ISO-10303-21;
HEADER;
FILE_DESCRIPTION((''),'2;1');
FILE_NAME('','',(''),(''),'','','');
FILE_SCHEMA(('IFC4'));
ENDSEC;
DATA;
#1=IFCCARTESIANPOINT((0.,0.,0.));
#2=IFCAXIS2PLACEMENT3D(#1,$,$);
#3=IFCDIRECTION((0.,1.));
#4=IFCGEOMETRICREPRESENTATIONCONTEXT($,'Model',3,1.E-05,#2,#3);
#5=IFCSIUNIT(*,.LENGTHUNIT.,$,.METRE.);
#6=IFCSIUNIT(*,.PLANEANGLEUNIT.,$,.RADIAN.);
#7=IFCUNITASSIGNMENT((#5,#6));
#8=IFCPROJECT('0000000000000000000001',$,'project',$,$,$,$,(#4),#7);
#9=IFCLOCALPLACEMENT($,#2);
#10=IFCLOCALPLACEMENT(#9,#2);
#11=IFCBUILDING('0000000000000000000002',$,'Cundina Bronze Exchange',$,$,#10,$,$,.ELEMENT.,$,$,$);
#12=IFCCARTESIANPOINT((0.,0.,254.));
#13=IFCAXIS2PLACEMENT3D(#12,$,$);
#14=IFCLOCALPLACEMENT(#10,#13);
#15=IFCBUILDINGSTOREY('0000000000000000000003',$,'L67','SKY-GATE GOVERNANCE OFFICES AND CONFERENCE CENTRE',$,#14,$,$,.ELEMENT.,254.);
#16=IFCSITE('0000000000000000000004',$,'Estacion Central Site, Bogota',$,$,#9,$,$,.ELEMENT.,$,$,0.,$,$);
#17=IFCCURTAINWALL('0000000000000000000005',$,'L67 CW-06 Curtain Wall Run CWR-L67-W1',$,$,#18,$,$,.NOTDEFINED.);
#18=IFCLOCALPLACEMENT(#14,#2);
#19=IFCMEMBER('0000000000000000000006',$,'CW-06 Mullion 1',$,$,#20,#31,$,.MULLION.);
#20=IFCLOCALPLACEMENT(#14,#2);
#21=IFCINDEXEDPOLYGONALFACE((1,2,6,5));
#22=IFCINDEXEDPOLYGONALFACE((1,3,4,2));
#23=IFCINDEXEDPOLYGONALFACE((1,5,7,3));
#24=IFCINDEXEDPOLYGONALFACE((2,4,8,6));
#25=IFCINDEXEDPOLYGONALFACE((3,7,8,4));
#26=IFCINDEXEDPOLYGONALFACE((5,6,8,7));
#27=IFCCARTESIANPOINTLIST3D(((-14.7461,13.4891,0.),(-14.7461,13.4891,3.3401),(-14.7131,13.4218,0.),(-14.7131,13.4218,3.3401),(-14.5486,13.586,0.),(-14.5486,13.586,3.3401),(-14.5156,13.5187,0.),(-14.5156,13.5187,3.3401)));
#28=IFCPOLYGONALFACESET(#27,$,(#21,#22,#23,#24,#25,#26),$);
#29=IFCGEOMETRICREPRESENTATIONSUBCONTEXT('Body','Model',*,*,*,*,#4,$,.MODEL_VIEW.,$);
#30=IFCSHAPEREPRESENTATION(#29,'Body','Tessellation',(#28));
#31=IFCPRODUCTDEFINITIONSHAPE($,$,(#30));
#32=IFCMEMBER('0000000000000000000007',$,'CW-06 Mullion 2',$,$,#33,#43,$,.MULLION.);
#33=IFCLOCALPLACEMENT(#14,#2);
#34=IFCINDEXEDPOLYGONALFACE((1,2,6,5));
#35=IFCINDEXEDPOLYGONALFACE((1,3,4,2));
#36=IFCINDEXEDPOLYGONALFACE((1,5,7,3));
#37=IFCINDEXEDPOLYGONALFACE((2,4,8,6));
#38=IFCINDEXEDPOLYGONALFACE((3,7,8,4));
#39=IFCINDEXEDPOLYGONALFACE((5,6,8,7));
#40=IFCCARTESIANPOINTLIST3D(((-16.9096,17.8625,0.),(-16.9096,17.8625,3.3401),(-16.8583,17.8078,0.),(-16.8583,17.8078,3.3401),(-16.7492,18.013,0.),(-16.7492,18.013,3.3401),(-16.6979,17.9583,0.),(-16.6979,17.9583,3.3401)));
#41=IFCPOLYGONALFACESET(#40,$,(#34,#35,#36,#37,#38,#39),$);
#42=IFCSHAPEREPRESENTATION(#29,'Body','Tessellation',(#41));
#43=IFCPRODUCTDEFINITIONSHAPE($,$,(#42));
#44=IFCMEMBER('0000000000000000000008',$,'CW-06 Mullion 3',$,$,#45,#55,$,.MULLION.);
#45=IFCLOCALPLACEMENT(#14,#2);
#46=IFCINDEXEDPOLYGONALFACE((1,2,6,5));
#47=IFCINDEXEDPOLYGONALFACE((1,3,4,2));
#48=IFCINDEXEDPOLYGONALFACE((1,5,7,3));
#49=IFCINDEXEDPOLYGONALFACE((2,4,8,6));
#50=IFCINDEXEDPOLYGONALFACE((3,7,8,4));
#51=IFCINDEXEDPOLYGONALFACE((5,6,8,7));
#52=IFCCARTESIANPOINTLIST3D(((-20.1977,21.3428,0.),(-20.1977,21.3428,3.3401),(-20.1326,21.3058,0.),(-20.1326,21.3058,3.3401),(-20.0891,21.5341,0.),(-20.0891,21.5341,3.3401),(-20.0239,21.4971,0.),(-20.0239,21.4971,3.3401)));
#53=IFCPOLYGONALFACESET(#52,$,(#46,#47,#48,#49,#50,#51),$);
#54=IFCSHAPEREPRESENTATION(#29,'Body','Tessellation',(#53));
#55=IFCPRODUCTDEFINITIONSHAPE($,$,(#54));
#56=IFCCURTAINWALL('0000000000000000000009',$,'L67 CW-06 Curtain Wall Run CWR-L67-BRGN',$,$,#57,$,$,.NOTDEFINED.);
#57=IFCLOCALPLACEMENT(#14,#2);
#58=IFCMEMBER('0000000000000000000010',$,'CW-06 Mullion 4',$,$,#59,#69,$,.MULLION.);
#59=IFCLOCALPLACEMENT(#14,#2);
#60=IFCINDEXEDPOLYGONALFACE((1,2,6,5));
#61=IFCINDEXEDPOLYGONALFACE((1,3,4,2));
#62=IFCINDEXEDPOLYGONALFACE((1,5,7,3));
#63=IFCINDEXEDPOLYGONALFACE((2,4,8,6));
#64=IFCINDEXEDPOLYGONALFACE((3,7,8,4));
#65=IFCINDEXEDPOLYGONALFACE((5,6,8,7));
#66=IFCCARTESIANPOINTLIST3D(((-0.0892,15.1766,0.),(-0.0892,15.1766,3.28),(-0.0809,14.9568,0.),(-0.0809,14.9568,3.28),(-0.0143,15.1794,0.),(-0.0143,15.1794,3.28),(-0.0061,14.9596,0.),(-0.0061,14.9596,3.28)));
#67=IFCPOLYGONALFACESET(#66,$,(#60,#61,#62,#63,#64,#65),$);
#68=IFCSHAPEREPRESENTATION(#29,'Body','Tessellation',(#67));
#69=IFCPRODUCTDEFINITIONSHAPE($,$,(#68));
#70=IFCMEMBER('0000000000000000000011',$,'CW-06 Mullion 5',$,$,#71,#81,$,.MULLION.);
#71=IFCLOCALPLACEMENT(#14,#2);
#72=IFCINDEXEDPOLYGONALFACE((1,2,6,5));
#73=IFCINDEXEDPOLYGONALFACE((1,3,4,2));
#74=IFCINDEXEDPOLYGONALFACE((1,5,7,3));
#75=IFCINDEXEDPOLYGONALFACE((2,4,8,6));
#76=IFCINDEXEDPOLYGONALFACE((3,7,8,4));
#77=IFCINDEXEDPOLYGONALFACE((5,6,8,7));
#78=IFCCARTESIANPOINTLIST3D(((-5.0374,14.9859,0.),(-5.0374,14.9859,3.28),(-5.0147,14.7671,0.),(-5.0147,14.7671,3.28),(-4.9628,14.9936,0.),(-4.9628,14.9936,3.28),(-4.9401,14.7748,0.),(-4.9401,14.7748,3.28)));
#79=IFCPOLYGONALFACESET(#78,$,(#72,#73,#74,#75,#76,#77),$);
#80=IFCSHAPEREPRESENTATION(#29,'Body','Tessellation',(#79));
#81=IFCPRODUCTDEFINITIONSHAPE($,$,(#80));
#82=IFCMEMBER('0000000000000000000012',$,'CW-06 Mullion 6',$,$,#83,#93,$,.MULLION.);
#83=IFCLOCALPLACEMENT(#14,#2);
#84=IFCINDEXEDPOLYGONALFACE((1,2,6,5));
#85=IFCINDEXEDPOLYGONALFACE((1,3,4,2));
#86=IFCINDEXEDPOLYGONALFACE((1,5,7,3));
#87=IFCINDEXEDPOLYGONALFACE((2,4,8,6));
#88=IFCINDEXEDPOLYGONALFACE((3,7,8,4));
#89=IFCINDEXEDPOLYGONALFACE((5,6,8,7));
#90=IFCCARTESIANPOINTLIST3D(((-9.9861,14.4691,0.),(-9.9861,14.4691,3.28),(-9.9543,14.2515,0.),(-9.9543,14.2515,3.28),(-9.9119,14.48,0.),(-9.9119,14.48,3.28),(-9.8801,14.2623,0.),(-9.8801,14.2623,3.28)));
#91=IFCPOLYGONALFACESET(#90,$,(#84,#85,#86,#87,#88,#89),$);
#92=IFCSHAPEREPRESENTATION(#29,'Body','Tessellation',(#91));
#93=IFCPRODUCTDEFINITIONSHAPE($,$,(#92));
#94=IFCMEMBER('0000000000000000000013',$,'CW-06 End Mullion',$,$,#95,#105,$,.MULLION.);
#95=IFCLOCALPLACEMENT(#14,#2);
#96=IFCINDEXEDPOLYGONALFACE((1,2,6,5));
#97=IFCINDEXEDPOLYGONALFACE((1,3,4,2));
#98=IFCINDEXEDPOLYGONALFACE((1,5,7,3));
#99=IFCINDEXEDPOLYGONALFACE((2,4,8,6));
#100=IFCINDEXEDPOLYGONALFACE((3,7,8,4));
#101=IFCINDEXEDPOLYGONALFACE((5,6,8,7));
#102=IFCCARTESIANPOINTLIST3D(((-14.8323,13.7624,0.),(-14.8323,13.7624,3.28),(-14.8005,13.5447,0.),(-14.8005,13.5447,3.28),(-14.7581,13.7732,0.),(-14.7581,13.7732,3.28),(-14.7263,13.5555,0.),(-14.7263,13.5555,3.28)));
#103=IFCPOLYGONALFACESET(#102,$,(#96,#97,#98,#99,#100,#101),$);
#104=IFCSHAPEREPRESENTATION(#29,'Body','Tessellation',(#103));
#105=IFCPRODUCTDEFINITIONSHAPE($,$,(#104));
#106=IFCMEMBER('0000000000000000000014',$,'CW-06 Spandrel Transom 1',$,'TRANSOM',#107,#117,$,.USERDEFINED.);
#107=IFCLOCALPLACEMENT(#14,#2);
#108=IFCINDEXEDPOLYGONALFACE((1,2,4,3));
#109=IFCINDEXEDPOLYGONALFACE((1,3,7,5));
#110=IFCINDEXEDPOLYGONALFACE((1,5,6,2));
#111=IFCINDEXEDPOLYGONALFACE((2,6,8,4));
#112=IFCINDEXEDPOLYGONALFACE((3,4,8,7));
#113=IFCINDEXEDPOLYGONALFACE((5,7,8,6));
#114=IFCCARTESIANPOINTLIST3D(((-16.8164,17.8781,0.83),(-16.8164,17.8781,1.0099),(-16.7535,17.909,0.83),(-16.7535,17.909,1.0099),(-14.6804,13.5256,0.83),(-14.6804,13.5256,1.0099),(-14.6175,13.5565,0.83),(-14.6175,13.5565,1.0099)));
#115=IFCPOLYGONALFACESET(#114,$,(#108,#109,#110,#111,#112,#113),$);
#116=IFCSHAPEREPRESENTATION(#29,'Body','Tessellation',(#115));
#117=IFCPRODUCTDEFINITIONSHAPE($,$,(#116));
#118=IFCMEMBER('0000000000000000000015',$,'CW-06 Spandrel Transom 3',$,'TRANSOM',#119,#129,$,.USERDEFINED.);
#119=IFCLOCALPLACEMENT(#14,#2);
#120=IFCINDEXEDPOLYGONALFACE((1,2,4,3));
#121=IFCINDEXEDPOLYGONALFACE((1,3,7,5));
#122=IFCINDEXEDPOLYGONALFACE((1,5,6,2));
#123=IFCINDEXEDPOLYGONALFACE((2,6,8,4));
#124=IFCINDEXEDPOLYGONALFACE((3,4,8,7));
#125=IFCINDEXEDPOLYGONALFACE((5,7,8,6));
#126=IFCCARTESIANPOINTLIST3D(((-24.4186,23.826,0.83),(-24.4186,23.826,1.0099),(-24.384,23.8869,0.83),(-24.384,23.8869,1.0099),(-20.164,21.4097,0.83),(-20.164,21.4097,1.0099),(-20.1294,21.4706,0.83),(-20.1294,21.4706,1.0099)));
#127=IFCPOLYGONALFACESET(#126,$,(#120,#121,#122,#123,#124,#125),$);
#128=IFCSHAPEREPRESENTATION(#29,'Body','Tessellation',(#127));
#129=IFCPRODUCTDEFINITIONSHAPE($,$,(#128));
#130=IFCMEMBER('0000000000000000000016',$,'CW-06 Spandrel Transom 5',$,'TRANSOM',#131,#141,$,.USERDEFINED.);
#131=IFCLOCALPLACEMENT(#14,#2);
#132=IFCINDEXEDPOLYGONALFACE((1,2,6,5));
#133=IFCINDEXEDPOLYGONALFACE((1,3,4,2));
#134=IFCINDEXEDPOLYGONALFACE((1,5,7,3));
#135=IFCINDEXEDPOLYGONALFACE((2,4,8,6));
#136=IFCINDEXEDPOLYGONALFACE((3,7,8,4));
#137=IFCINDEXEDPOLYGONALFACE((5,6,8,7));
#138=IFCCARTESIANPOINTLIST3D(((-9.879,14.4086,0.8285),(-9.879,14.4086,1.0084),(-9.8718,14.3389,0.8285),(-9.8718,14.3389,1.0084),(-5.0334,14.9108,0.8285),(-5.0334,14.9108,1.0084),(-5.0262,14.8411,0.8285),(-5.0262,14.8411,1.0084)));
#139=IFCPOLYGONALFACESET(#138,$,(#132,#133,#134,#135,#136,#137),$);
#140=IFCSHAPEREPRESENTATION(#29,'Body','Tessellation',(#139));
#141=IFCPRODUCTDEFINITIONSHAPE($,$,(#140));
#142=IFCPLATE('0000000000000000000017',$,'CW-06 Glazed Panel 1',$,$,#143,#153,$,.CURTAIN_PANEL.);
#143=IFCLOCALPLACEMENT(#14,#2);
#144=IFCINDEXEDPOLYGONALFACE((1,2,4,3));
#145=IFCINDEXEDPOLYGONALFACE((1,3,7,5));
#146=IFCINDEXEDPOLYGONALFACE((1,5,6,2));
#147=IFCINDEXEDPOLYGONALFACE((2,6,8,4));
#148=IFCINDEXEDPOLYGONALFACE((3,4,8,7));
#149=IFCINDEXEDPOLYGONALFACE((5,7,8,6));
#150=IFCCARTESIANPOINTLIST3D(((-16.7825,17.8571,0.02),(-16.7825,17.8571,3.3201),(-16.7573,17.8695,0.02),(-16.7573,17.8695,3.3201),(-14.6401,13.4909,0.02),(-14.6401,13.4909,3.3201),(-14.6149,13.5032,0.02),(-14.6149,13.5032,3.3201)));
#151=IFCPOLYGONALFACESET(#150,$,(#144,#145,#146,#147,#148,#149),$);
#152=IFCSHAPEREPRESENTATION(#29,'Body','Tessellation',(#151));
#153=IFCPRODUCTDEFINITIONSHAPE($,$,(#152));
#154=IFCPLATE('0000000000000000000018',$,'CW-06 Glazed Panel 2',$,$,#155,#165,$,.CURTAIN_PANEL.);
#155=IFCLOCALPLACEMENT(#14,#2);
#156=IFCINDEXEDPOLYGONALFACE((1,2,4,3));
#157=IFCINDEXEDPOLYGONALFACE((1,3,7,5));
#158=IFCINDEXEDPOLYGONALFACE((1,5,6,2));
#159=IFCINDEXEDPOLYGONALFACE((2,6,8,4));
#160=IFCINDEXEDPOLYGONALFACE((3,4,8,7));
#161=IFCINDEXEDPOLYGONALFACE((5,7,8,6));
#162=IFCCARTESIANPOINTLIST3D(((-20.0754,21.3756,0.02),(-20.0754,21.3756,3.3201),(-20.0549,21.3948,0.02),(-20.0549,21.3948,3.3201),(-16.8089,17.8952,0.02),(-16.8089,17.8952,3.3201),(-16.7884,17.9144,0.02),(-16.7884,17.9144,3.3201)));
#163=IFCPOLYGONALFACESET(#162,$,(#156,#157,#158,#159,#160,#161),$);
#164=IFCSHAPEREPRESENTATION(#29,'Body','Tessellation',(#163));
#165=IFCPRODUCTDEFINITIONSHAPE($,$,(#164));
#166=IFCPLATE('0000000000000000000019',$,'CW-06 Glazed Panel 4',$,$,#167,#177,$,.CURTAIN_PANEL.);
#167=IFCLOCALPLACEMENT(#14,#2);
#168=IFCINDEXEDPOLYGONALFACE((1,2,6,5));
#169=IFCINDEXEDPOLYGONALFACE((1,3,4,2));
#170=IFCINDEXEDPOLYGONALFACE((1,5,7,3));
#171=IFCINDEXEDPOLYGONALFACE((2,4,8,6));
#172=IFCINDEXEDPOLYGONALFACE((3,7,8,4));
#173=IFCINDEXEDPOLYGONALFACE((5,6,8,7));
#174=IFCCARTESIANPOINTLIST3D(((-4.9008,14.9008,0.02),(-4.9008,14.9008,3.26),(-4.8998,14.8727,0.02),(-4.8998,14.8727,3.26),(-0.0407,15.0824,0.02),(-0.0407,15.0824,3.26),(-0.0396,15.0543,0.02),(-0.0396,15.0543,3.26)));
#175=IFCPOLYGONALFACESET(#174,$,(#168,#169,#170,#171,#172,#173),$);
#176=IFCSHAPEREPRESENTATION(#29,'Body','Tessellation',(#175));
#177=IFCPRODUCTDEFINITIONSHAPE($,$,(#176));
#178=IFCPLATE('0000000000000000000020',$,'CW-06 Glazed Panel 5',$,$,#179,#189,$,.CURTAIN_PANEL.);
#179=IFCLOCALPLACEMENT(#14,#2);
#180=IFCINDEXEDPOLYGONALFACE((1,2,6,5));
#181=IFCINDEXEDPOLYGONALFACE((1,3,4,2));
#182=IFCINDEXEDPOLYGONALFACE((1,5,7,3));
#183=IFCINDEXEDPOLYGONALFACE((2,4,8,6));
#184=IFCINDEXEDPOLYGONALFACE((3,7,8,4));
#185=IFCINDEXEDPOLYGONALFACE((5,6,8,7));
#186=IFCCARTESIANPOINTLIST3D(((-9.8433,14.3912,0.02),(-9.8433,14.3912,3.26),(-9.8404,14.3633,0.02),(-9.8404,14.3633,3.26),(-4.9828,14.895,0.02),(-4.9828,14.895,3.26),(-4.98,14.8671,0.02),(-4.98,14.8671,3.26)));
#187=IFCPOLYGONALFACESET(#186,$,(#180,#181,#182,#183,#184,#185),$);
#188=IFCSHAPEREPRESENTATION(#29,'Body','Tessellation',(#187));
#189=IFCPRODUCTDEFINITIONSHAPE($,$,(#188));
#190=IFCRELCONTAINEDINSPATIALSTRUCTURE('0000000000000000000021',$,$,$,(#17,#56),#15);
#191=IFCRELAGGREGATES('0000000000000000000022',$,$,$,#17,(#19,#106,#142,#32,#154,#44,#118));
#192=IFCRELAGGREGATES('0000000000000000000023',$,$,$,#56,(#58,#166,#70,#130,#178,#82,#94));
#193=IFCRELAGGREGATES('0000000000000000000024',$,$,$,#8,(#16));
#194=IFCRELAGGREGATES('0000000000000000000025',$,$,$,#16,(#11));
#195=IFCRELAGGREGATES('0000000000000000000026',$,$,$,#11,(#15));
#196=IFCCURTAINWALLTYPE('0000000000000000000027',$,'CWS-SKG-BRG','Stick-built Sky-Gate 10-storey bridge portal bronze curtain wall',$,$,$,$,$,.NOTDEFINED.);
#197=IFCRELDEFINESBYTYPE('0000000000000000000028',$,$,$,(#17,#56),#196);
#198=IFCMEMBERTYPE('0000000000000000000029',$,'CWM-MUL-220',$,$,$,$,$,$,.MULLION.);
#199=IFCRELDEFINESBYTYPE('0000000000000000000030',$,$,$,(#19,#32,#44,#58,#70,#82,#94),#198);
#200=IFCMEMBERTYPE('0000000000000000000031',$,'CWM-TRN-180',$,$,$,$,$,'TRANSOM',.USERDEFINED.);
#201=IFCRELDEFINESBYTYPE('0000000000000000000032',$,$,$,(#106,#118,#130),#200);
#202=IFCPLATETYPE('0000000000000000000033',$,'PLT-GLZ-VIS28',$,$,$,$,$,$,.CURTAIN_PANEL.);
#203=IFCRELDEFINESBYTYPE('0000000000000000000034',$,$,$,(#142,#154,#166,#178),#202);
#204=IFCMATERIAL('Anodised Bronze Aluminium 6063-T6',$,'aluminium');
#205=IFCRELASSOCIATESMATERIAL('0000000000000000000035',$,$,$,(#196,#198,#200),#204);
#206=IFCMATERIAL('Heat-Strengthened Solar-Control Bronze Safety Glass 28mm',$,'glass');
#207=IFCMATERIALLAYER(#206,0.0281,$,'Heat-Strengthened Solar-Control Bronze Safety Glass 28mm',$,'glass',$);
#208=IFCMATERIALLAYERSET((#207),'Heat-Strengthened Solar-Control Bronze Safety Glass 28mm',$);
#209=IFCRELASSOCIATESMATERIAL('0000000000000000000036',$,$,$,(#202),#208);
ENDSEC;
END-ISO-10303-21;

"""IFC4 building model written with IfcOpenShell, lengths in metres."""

from ifc_helpers import new_model, si_unit, direction, frame, origin, origin_2d, place, context, subcontext, project, spatial, rectangle, extrude, material, layer, layer_set, material_profile, profile_set, type_object, element, aggregate, save


model = new_model("IFC4")

# Units and contexts
model_context = context("Model", 3, precision=1e-05, world=origin(), true_north=direction((0.0, 1.0)))
body_context = subcontext(model_context, "Body", "Model", "MODEL_VIEW")
ifc_project = project(units=[si_unit("LENGTHUNIT", "METRE"), si_unit("PLANEANGLEUNIT", "RADIAN")], contexts=[model_context])

# Site, building, storey
site_placement = place(None, origin())
site = spatial("IfcSite", under=ifc_project, at=site_placement, Name="Estacion Central Site, Bogota", CompositionType="ELEMENT", RefElevation=0.0)
building_placement = place(site_placement, origin())
building = spatial("IfcBuilding", under=site, at=building_placement, Name="Cundina Bronze Exchange", CompositionType="ELEMENT")
storey_placement = place(building_placement, frame((0.0, 0.0, 254.0)))
storey = spatial("IfcBuildingStorey", under=building, at=storey_placement, Name="L67", Description="SKY-GATE GOVERNANCE OFFICES AND CONFERENCE CENTRE", CompositionType="ELEMENT", Elevation=254.0)

# Curtain walls, members
ifc_material_1 = material(Name="Anodised Bronze Aluminium 6063-T6", Category="aluminium")
curtain_wall_type = type_object("IfcCurtainWallType", Name="CWS-SKG-BRG", Description="Stick-built Sky-Gate 10-storey bridge portal bronze curtain wall", PredefinedType="NOTDEFINED", material=ifc_material_1)
curtain_wall_1_placement = place(storey_placement, origin())
curtain_wall_1 = element("IfcCurtainWall", 1, at=curtain_wall_1_placement, inside=storey, type_object=curtain_wall_type, Name="L67 CW-06 Curtain Wall Run CWR-L67-W1", PredefinedType="NOTDEFINED")
ifc_material_profile_1 = material_profile(ifc_material_1, rectangle(XDim=0.075, YDim=0.22, at=origin_2d()), Name="AL75X220", Category="aluminium")
ifc_profile_set_1 = profile_set([ifc_material_profile_1], Name="Anodised Bronze Aluminium 6063-T6")
member_type_1 = type_object("IfcMemberType", Name="CWM-MUL-220", PredefinedType="MULLION", material=ifc_profile_set_1)
member_1_placement = place(storey_placement, frame((-14.6309, 13.5039, 0.0), z_axis=(0.0, 0.0, 1.0), x_axis=(-0.440566, 0.89772, 0.0)))
member_1 = element("IfcMember", 2, at=member_1_placement, type_object=member_type_1, Name="CW-06 Mullion 1", PredefinedType="MULLION", context=body_context, shape_type="SweptSolid", body=[
    extrude(rectangle(XDim=0.075, YDim=0.22, at=origin_2d()), origin(), (0.0, 0.0, 1.0), 3.3401),
])
member_2_placement = place(storey_placement, frame((-16.8037, 17.9104, 0.0), z_axis=(0.0, 0.0, 1.0), x_axis=(-0.684293, 0.729208, 0.0)))
member_2 = element("IfcMember", 3, at=member_2_placement, type_object=member_type_1, Name="CW-06 Mullion 2", PredefinedType="MULLION", context=body_context, shape_type="SweptSolid", body=[
    extrude(rectangle(XDim=0.075, YDim=0.22, at=origin_2d()), origin(), (0.0, 0.0, 1.0), 3.3401),
])
member_3_placement = place(storey_placement, frame((-20.1108, 21.4199, 0.0), z_axis=(0.0, 0.0, 1.0), x_axis=(-0.869581, 0.49379, 0.0)))
member_3 = element("IfcMember", 4, at=member_3_placement, type_object=member_type_1, Name="CW-06 Mullion 3", PredefinedType="MULLION", context=body_context, shape_type="SweptSolid", body=[
    extrude(rectangle(XDim=0.075, YDim=0.22, at=origin_2d()), origin(), (0.0, 0.0, 1.0), 3.3401),
])
curtain_wall_2_placement = place(storey_placement, origin())
curtain_wall_2 = element("IfcCurtainWall", 5, at=curtain_wall_2_placement, inside=storey, type_object=curtain_wall_type, Name="L67 CW-06 Curtain Wall Run CWR-L67-BRGN", PredefinedType="NOTDEFINED")
member_4_placement = place(storey_placement, frame((-0.0476, 15.0681, 0.0), z_axis=(0.0, 0.0, 1.0), x_axis=(-0.999303, -0.037341, 0.0)))
member_4 = element("IfcMember", 6, at=member_4_placement, type_object=member_type_1, Name="CW-06 Mullion 4", PredefinedType="MULLION", context=body_context, shape_type="SweptSolid", body=[
    extrude(rectangle(XDim=0.075, YDim=0.22, at=origin_2d()), origin(), (0.0, 0.0, 1.0), 3.28),
])
member_5_placement = place(storey_placement, frame((-4.9888, 14.8804, 0.0), z_axis=(0.0, 0.0, 1.0), x_axis=(-0.994667, -0.10314, 0.0)))
member_5 = element("IfcMember", 7, at=member_5_placement, type_object=member_type_1, Name="CW-06 Mullion 5", PredefinedType="MULLION", context=body_context, shape_type="SweptSolid", body=[
    extrude(rectangle(XDim=0.075, YDim=0.22, at=origin_2d()), origin(), (0.0, 0.0, 1.0), 3.28),
])
member_6_placement = place(storey_placement, frame((-9.9331, 14.3657, 0.0), z_axis=(0.0, 0.0, 1.0), x_axis=(-0.989526, -0.144356, 0.0)))
member_6 = element("IfcMember", 8, at=member_6_placement, type_object=member_type_1, Name="CW-06 Mullion 6", PredefinedType="MULLION", context=body_context, shape_type="SweptSolid", body=[
    extrude(rectangle(XDim=0.075, YDim=0.22, at=origin_2d()), origin(), (0.0, 0.0, 1.0), 3.28),
])
member_7_placement = place(storey_placement, frame((-14.7793, 13.6589, 0.0), z_axis=(0.0, 0.0, 1.0), x_axis=(-0.989526, -0.144356, 0.0)))
member_7 = element("IfcMember", 9, at=member_7_placement, type_object=member_type_1, Name="CW-06 End Mullion", PredefinedType="MULLION", context=body_context, shape_type="SweptSolid", body=[
    extrude(rectangle(XDim=0.075, YDim=0.22, at=origin_2d()), origin(), (0.0, 0.0, 1.0), 3.28),
])

# Members
ifc_material_profile_2 = material_profile(ifc_material_1, rectangle(XDim=0.0701, YDim=0.1799, at=origin_2d()), Name="AL70X180", Category="aluminium")
ifc_profile_set_2 = profile_set([ifc_material_profile_2], Name="Anodised Bronze Aluminium 6063-T6")
member_type_2 = type_object("IfcMemberType", Name="CWM-TRN-180", ElementType="TRANSOM", PredefinedType="USERDEFINED", material=ifc_profile_set_2)
member_8_placement = place(storey_placement, frame((-14.6489, 13.541, 0.9199), z_axis=(-0.440554, 0.897726, 0.0), x_axis=(-0.897726, -0.440554, 0.0)))
member_8 = element("IfcMember", 10, at=member_8_placement, type_object=member_type_2, Name="CW-06 Spandrel Transom 1", ObjectType="TRANSOM", PredefinedType="USERDEFINED", context=body_context, shape_type="SweptSolid", body=[
    extrude(rectangle(XDim=0.0701, YDim=0.1799, at=origin_2d()), origin(), (0.0, 0.0, 1.0), 4.8484),
])
member_9_placement = place(storey_placement, frame((-20.1467, 21.4402, 0.9199), z_axis=(-0.869557, 0.493832, 0.0), x_axis=(-0.493832, -0.869557, 0.0)))
member_9 = element("IfcMember", 11, at=member_9_placement, type_object=member_type_2, Name="CW-06 Spandrel Transom 3", ObjectType="TRANSOM", PredefinedType="USERDEFINED", context=body_context, shape_type="SweptSolid", body=[
    extrude(rectangle(XDim=0.0701, YDim=0.1799, at=origin_2d()), origin(), (0.0, 0.0, 1.0), 4.8928),
])
member_10_placement = place(storey_placement, frame((-5.0298, 14.876, 0.9185), z_axis=(-0.994672, -0.103086, 0.0), x_axis=(0.103086, -0.994672, 0.0)))
member_10 = element("IfcMember", 12, at=member_10_placement, type_object=member_type_2, Name="CW-06 Spandrel Transom 5", ObjectType="TRANSOM", PredefinedType="USERDEFINED", context=body_context, shape_type="SweptSolid", body=[
    extrude(rectangle(XDim=0.0701, YDim=0.1799, at=origin_2d()), origin(), (0.0, 0.0, 1.0), 4.8716),
])

# Plates
ifc_material_2 = material(Name="Heat-Strengthened Solar-Control Bronze Safety Glass 28mm", Category="glass")
ifc_layer_1 = layer(ifc_material_2, 0.0281, Name="Heat-Strengthened Solar-Control Bronze Safety Glass 28mm", Category="glass")
ifc_layer_set_1 = layer_set([ifc_layer_1], Name="Heat-Strengthened Solar-Control Bronze Safety Glass 28mm")
plate_type_1 = type_object("IfcPlateType", Name="PLT-GLZ-VIS28", PredefinedType="CURTAIN_PANEL", material=ifc_layer_set_1)
plate_1_placement = place(storey_placement, frame((-15.6987, 15.6802, 0.02), z_axis=(0.0, 0.0, 1.0), x_axis=(-0.440503, 0.897751, 0.0)))
plate_1 = element("IfcPlate", 13, at=plate_1_placement, type_object=plate_type_1, Name="CW-06 Glazed Panel 1", PredefinedType="CURTAIN_PANEL", context=body_context, shape_type="SweptSolid", body=[
    extrude(rectangle(XDim=4.8635, YDim=0.0281, at=origin_2d()), origin(), (0.0, 0.0, 1.0), 3.3),
])
plate_2_placement = place(storey_placement, frame((-18.4319, 19.645, 0.02), z_axis=(0.0, 0.0, 1.0), x_axis=(-0.684344, 0.72916, 0.0)))
plate_2 = element("IfcPlate", 14, at=plate_2_placement, type_object=plate_type_1, Name="CW-06 Glazed Panel 2", PredefinedType="CURTAIN_PANEL", context=body_context, shape_type="SweptSolid", body=[
    extrude(rectangle(XDim=4.7732, YDim=0.0281, at=origin_2d()), origin(), (0.0, 0.0, 1.0), 3.3),
])
aggregate(curtain_wall_1, [member_1, member_8, plate_1, member_2, plate_2, member_3, member_9])
plate_3_placement = place(storey_placement, frame((-2.4702, 14.9775, 0.02), z_axis=(0.0, 0.0, 1.0), x_axis=(-0.999303, -0.037341, 0.0)))
plate_3 = element("IfcPlate", 15, at=plate_3_placement, type_object=plate_type_1, Name="CW-06 Glazed Panel 4", PredefinedType="CURTAIN_PANEL", context=body_context, shape_type="SweptSolid", body=[
    extrude(rectangle(XDim=4.8635, YDim=0.0281, at=origin_2d()), origin(), (0.0, 0.0, 1.0), 3.24),
])
plate_4_placement = place(storey_placement, frame((-7.4116, 14.6292, 0.02), z_axis=(0.0, 0.0, 1.0), x_axis=(-0.994672, -0.103088, 0.0)))
plate_4 = element("IfcPlate", 16, at=plate_4_placement, type_object=plate_type_1, Name="CW-06 Glazed Panel 5", PredefinedType="CURTAIN_PANEL", context=body_context, shape_type="SweptSolid", body=[
    extrude(rectangle(XDim=4.8865, YDim=0.0281, at=origin_2d()), origin(), (0.0, 0.0, 1.0), 3.24),
])
aggregate(curtain_wall_2, [member_4, plate_3, member_5, member_10, plate_4, member_6, member_7])

save(model, "model.ifc")
